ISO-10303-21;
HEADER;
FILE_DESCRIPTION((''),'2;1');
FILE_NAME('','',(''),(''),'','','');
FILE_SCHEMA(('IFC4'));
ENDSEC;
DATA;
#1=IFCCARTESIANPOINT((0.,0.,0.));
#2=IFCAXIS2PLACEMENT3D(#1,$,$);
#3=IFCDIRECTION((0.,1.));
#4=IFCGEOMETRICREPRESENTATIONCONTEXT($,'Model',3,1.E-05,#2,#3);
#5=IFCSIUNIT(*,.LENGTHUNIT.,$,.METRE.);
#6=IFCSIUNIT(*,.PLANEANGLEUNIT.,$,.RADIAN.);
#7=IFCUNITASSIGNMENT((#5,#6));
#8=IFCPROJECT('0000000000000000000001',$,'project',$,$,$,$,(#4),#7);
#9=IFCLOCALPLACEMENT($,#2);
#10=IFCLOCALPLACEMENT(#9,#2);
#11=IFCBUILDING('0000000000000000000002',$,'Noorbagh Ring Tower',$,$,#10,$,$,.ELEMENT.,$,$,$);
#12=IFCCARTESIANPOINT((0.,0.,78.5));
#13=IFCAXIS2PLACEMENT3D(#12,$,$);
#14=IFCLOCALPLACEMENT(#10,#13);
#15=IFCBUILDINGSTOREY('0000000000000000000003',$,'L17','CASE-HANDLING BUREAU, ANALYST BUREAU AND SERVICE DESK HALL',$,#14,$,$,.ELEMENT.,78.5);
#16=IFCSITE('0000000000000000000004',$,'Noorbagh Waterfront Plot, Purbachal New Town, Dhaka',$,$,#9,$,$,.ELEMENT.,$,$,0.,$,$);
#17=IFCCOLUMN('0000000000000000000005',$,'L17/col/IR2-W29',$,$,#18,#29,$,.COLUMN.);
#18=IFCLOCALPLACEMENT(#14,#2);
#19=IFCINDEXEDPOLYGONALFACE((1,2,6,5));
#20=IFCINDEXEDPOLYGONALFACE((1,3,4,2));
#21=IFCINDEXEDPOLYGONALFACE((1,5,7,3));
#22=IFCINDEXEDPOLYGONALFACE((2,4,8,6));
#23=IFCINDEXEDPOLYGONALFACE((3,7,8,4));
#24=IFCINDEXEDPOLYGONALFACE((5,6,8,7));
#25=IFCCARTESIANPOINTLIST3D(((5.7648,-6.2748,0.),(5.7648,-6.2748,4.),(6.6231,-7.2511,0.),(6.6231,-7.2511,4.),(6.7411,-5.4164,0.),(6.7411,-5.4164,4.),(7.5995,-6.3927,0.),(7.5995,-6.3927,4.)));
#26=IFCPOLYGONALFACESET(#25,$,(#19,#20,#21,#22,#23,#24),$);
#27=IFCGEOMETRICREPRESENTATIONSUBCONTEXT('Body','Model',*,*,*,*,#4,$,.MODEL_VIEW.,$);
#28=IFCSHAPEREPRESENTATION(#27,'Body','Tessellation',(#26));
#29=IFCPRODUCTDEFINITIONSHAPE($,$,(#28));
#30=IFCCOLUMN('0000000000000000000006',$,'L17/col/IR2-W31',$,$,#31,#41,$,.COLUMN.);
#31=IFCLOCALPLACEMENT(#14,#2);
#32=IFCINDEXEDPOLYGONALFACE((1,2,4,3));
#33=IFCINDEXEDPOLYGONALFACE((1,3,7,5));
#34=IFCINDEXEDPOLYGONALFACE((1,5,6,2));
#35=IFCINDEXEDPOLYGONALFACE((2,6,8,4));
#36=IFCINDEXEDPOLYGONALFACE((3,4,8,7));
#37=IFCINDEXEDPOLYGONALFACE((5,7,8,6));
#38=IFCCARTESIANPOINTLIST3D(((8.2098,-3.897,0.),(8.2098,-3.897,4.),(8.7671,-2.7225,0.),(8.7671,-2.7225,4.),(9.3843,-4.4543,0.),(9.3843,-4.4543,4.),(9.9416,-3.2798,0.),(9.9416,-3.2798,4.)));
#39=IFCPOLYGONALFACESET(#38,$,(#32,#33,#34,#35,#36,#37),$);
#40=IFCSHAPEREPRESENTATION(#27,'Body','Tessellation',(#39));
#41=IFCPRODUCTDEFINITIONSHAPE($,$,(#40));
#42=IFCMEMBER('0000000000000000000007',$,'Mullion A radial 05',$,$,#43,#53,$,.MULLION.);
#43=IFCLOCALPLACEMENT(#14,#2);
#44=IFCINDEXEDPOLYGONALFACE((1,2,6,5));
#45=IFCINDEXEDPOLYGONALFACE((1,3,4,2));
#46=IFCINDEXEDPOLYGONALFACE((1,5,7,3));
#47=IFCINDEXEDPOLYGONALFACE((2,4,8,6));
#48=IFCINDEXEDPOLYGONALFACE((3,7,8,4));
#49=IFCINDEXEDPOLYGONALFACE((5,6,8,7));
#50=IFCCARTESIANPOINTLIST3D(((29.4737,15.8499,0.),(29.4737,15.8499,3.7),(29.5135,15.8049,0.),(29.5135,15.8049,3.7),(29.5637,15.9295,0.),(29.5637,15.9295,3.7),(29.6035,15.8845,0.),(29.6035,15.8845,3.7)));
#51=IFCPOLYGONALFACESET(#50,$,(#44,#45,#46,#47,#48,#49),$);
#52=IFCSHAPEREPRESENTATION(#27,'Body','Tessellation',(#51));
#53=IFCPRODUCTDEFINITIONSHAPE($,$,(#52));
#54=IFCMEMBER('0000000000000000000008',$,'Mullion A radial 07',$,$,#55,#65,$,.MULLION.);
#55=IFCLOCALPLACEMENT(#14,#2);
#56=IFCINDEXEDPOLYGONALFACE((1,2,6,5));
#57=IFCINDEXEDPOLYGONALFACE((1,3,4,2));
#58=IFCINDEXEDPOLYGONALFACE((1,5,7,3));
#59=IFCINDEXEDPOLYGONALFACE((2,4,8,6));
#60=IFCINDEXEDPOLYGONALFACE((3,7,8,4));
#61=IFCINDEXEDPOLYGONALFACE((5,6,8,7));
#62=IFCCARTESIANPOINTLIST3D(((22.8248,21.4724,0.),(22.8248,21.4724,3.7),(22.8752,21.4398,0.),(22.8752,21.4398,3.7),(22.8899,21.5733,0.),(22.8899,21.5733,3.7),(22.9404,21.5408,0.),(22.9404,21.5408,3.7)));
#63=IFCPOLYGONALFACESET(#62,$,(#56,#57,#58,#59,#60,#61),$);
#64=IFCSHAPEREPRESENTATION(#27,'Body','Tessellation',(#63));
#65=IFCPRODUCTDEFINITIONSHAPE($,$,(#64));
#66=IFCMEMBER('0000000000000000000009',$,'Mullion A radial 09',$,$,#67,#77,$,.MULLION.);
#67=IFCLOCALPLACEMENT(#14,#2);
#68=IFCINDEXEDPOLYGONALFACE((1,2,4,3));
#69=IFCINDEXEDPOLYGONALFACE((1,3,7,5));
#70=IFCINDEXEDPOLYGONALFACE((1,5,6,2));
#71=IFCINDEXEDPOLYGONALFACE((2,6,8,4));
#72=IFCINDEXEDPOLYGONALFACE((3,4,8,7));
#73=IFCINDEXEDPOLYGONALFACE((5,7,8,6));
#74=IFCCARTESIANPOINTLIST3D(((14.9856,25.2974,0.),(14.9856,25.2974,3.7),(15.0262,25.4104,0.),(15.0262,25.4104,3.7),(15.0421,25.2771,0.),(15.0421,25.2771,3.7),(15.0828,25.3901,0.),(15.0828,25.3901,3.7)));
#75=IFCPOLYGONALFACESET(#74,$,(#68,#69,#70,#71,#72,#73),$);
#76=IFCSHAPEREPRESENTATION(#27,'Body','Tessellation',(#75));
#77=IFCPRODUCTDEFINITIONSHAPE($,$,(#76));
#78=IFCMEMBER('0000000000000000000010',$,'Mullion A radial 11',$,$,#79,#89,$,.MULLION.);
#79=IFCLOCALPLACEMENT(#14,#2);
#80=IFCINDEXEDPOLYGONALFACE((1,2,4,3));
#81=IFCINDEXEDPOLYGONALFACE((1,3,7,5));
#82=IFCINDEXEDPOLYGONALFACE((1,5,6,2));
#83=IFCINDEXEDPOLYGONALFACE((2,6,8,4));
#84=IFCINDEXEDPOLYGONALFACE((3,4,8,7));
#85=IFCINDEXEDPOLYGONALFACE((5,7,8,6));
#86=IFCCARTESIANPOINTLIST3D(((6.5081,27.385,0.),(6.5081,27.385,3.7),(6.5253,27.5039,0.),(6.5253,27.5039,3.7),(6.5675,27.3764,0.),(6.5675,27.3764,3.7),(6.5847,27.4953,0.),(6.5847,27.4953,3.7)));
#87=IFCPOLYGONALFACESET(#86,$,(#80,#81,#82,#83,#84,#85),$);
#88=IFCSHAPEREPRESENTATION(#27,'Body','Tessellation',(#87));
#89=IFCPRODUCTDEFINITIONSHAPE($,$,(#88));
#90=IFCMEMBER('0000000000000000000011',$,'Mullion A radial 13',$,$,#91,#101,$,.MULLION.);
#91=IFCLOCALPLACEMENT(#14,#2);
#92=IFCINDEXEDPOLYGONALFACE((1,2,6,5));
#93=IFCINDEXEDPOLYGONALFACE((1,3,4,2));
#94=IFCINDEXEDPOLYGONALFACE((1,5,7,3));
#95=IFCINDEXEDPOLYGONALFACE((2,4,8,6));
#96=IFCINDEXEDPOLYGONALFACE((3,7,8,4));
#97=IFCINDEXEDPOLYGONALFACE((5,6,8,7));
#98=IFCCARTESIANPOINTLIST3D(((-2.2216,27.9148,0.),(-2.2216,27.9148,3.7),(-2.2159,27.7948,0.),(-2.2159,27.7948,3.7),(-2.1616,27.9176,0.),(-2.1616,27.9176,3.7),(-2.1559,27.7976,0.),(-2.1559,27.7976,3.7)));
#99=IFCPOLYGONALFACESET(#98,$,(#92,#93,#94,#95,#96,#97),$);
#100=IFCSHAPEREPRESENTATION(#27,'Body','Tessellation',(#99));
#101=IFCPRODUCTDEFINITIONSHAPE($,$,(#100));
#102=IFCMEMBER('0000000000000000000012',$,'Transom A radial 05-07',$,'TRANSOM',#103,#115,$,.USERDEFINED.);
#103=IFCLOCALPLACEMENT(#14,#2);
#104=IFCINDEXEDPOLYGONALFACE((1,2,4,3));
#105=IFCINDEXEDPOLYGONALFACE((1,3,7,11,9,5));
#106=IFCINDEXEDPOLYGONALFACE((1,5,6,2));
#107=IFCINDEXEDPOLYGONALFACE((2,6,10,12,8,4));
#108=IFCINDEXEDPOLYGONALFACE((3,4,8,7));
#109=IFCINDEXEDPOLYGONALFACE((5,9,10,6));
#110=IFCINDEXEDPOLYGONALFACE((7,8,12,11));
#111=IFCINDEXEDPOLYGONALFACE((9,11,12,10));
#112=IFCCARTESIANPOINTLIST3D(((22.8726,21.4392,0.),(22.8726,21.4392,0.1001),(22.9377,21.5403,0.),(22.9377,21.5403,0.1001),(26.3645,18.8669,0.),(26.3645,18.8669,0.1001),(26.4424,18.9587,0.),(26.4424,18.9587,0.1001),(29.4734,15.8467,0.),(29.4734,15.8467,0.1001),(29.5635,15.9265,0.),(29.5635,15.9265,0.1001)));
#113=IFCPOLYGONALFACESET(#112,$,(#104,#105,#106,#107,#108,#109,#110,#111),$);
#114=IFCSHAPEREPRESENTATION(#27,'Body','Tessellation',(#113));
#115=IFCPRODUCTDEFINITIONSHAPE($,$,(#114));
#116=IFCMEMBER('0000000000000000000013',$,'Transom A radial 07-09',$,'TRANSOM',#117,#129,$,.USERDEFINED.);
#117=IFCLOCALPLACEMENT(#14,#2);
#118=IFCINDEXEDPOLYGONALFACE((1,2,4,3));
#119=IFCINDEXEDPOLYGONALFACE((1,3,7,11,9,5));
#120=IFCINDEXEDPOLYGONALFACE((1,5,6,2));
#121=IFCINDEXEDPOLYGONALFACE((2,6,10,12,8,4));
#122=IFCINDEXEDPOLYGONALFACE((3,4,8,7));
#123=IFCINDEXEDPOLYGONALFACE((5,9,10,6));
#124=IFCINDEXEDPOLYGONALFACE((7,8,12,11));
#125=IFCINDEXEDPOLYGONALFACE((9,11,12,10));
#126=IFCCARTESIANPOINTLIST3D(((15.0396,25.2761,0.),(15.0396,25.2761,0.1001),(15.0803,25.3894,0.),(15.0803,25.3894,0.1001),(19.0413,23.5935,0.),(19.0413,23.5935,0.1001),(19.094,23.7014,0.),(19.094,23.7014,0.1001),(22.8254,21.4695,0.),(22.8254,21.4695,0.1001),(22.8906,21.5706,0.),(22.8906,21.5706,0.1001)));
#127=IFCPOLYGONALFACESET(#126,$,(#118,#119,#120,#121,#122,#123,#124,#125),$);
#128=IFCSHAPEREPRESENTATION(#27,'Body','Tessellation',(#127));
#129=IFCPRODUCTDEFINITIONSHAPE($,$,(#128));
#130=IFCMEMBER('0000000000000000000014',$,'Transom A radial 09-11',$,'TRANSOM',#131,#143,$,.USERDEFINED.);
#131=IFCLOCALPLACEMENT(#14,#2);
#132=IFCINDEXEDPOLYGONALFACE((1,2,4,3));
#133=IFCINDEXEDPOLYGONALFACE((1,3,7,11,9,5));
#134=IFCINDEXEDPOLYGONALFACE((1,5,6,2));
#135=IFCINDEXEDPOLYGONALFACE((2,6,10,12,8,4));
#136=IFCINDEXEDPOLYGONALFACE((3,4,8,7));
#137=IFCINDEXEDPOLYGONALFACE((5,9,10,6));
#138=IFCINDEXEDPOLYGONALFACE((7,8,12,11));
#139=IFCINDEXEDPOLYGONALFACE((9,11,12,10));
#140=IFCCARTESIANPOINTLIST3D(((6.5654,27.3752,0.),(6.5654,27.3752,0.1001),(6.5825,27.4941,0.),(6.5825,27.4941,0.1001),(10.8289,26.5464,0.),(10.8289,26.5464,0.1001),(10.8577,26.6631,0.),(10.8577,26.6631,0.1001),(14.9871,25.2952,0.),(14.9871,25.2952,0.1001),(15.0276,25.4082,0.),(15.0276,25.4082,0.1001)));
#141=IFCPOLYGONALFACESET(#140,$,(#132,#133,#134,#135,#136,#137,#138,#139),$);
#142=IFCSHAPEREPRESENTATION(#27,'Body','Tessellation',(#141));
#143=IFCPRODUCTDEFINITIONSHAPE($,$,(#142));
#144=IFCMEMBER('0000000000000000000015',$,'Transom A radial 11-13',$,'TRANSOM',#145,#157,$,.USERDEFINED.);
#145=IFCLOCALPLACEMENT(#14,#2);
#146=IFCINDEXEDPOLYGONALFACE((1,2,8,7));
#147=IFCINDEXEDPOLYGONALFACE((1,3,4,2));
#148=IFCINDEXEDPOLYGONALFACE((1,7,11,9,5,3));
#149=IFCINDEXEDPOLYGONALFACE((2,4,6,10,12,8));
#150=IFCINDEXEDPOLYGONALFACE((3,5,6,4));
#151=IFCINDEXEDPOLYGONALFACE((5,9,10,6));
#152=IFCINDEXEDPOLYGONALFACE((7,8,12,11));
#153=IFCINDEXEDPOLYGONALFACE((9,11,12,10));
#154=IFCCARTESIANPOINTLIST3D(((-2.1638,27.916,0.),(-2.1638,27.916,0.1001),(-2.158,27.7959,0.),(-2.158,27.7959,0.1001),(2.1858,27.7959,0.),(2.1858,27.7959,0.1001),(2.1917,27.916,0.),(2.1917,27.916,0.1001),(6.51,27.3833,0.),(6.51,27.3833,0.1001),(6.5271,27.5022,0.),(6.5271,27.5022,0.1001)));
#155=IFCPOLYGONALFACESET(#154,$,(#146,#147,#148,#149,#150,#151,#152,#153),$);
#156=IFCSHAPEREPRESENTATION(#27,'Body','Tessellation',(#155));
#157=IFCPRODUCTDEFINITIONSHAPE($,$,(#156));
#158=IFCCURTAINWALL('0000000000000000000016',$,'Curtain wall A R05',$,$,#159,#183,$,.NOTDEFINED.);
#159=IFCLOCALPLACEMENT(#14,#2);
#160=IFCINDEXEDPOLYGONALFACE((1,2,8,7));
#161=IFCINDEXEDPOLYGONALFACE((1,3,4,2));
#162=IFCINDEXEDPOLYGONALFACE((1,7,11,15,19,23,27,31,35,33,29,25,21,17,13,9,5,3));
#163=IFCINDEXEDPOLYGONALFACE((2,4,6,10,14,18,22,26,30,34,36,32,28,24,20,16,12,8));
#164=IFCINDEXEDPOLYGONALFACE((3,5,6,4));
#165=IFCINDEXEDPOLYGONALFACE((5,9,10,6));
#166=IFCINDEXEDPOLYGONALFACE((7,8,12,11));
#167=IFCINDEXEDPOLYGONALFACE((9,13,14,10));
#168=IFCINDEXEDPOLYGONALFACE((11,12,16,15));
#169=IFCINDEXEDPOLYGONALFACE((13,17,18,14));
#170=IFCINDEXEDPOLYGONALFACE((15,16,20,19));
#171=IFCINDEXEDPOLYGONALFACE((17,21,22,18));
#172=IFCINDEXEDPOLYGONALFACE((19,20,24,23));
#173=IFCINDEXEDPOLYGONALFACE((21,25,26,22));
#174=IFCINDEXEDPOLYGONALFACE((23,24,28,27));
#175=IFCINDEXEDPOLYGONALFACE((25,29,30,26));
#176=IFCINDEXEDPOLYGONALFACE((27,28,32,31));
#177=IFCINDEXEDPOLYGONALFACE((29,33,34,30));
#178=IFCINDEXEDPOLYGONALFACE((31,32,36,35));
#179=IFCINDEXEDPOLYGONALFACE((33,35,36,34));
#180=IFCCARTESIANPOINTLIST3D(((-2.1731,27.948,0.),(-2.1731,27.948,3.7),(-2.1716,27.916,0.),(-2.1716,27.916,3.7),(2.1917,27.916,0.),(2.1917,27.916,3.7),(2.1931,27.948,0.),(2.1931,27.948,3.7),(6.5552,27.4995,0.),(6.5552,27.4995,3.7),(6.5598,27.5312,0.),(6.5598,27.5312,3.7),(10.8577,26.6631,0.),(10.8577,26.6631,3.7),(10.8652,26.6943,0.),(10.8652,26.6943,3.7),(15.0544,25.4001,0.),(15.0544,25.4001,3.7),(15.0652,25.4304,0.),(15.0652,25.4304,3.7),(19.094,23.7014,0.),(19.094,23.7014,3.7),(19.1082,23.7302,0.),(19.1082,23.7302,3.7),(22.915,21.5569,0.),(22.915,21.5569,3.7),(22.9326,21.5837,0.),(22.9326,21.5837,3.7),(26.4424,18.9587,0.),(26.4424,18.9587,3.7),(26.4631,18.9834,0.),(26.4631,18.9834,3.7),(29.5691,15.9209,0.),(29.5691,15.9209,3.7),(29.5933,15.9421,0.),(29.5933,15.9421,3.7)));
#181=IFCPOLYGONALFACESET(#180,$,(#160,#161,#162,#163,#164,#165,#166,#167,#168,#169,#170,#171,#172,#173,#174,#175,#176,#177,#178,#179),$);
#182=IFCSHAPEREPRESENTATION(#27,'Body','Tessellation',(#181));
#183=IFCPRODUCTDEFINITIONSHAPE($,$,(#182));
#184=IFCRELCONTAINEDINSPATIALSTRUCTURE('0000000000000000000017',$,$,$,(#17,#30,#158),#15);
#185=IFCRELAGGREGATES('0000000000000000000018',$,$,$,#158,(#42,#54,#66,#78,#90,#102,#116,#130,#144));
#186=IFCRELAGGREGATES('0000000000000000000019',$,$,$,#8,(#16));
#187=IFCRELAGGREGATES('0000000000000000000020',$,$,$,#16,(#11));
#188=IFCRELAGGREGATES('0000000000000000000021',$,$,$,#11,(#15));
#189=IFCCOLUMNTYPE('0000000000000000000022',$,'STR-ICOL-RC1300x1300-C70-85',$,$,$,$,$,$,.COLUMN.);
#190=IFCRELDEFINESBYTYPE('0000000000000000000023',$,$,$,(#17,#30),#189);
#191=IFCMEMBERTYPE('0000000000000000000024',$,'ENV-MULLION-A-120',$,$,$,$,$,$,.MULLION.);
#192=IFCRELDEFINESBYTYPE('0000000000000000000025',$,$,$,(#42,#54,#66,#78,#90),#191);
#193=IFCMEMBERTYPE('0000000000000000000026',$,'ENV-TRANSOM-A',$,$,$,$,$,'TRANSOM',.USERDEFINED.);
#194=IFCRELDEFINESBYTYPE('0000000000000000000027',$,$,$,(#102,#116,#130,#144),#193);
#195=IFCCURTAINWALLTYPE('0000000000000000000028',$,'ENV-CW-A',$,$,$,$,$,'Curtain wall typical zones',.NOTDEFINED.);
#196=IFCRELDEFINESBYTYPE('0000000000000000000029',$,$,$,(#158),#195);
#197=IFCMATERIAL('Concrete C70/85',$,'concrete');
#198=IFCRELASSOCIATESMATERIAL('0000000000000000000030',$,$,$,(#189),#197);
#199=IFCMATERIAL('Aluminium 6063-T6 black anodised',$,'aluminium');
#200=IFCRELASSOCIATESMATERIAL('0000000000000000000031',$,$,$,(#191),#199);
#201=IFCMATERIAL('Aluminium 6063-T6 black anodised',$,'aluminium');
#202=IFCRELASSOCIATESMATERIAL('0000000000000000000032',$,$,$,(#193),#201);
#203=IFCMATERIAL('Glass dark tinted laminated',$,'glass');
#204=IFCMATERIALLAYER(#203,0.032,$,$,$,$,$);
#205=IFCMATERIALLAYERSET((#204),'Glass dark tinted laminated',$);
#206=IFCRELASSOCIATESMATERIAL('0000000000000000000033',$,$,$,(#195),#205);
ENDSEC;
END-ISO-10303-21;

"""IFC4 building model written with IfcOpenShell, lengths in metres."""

from ifc_helpers import new_model, si_unit, direction, frame, origin, origin_2d, place, context, subcontext, project, spatial, polyline, rectangle, outline, extrude, material, layer, layer_set, material_profile, profile_set, type_object, element, aggregate, save


model = new_model("IFC4")

# Units and contexts
model_context = context("Model", 3, precision=1e-05, world=origin(), true_north=direction((0.0, 1.0)))
body_context = subcontext(model_context, "Body", "Model", "MODEL_VIEW")
ifc_project = project(units=[si_unit("LENGTHUNIT", "METRE"), si_unit("PLANEANGLEUNIT", "RADIAN")], contexts=[model_context])

# Site, building, storey
site_placement = place(None, origin())
site = spatial("IfcSite", under=ifc_project, at=site_placement, Name="Noorbagh Waterfront Plot, Purbachal New Town, Dhaka", CompositionType="ELEMENT", RefElevation=0.0)
building_placement = place(site_placement, origin())
building = spatial("IfcBuilding", under=site, at=building_placement, Name="Noorbagh Ring Tower", CompositionType="ELEMENT")
storey_placement = place(building_placement, frame((0.0, 0.0, 78.5)))
storey = spatial("IfcBuildingStorey", under=building, at=storey_placement, Name="L17", Description="CASE-HANDLING BUREAU, ANALYST BUREAU AND SERVICE DESK HALL", CompositionType="ELEMENT", Elevation=78.5)

# Columns
ifc_material_1 = material(Name="Concrete C70/85", Category="concrete")
ifc_material_profile_1 = material_profile(ifc_material_1, rectangle(XDim=1.3, YDim=1.3, at=origin_2d()), Name="RC1300x1300")
ifc_profile_set_1 = profile_set([ifc_material_profile_1], Name="Concrete C70/85")
column_type = type_object("IfcColumnType", Name="STR-ICOL-RC1300x1300-C70-85", PredefinedType="COLUMN", material=ifc_profile_set_1)
for number, where, z_axis, x_axis, name in (
    (1, (6.6821, -6.3337, 0.0), (0.0, 0.0, 1.0), (0.751022, 0.660277, 0.0), "L17/col/IR2-W29"),
    (2, (9.0757, -3.5884, 0.0), (0.0, 0.0, 1.0), (0.428667, 0.903463, 0.0), "L17/col/IR2-W31"),
):
    element("IfcColumn", number, at=place(storey_placement, frame(where, z_axis=z_axis, x_axis=x_axis)), inside=storey, type_object=column_type, Name=name, PredefinedType="COLUMN", context=body_context, shape_type="SweptSolid", body=[
        extrude(rectangle(XDim=1.3, YDim=1.3, at=origin_2d()), origin(), (0.0, 0.0, 1.0), 4.0),
    ])

# Members
ifc_material_2 = material(Name="Aluminium 6063-T6 black anodised", Category="aluminium")
ifc_material_profile_2 = material_profile(ifc_material_2, rectangle(XDim=0.1201, YDim=0.0601, at=origin_2d()), Name="120x60")
ifc_profile_set_2 = profile_set([ifc_material_profile_2], Name="Aluminium 6063-T6 black anodised")
member_type_1 = type_object("IfcMemberType", Name="ENV-MULLION-A-120", PredefinedType="MULLION", material=ifc_profile_set_2)
member_1_placement = place(storey_placement, frame((29.5386, 15.8672, 0.0), z_axis=(0.0, 0.0, 1.0), x_axis=(-0.749047, -0.662517, 0.0)))
member_1 = element("IfcMember", 3, at=member_1_placement, type_object=member_type_1, Name="Mullion A radial 05", PredefinedType="MULLION", context=body_context, shape_type="SweptSolid", body=[
    extrude(rectangle(XDim=0.1201, YDim=0.0601, at=origin_2d()), origin(), (0.0, 0.0, 1.0), 3.7),
])
member_2_placement = place(storey_placement, frame((22.8826, 21.5066, 0.0), z_axis=(0.0, 0.0, 1.0), x_axis=(-0.542279, -0.840198, 0.0)))
member_2 = element("IfcMember", 4, at=member_2_placement, type_object=member_type_1, Name="Mullion A radial 07", PredefinedType="MULLION", context=body_context, shape_type="SweptSolid", body=[
    extrude(rectangle(XDim=0.1201, YDim=0.0601, at=origin_2d()), origin(), (0.0, 0.0, 1.0), 3.7),
])
member_3_placement = place(storey_placement, frame((15.0342, 25.3438, 0.0), z_axis=(0.0, 0.0, 1.0), x_axis=(-0.338379, -0.94101, 0.0)))
member_3 = element("IfcMember", 5, at=member_3_placement, type_object=member_type_1, Name="Mullion A radial 09", PredefinedType="MULLION", context=body_context, shape_type="SweptSolid", body=[
    extrude(rectangle(XDim=0.1201, YDim=0.0601, at=origin_2d()), origin(), (0.0, 0.0, 1.0), 3.7),
])
member_4_placement = place(storey_placement, frame((6.5464, 27.4402, 0.0), z_axis=(0.0, 0.0, 1.0), x_axis=(-0.143082, -0.989711, 0.0)))
member_4 = element("IfcMember", 6, at=member_4_placement, type_object=member_type_1, Name="Mullion A radial 11", PredefinedType="MULLION", context=body_context, shape_type="SweptSolid", body=[
    extrude(rectangle(XDim=0.1201, YDim=0.0601, at=origin_2d()), origin(), (0.0, 0.0, 1.0), 3.7),
])
member_5_placement = place(storey_placement, frame((-2.1887, 27.8562, 0.0), z_axis=(0.0, 0.0, 1.0), x_axis=(0.047558, -0.998868, 0.0)))
member_5 = element("IfcMember", 7, at=member_5_placement, type_object=member_type_1, Name="Mullion A radial 13", PredefinedType="MULLION", context=body_context, shape_type="SweptSolid", body=[
    extrude(rectangle(XDim=0.1201, YDim=0.0601, at=origin_2d()), origin(), (0.0, 0.0, 1.0), 3.7),
])
ifc_material_3 = material(Name="Aluminium 6063-T6 black anodised", Category="aluminium")
member_type_2 = type_object("IfcMemberType", Name="ENV-TRANSOM-A", ElementType="TRANSOM", PredefinedType="USERDEFINED", material=ifc_material_3)
member_6_placement = place(storey_placement, origin())
member_6 = element("IfcMember", 8, at=member_6_placement, type_object=member_type_2, Name="Transom A radial 05-07", ObjectType="TRANSOM", PredefinedType="USERDEFINED", context=body_context, shape_type="SweptSolid", body=[
    extrude(outline(polyline([(29.5635, 15.9265), (26.4424, 18.9587), (22.9377, 21.5403), (22.8726, 21.4392), (26.3645, 18.8669), (29.4734, 15.8467), (29.5635, 15.9265)])), origin(), (0.0, 0.0, 1.0), 0.1001),
])
member_7_placement = place(storey_placement, origin())
member_7 = element("IfcMember", 9, at=member_7_placement, type_object=member_type_2, Name="Transom A radial 07-09", ObjectType="TRANSOM", PredefinedType="USERDEFINED", context=body_context, shape_type="SweptSolid", body=[
    extrude(outline(polyline([(22.8906, 21.5706), (19.094, 23.7014), (15.0803, 25.3894), (15.0396, 25.2761), (19.0413, 23.5935), (22.8254, 21.4695), (22.8906, 21.5706)])), origin(), (0.0, 0.0, 1.0), 0.1001),
])
member_8_placement = place(storey_placement, origin())
member_8 = element("IfcMember", 10, at=member_8_placement, type_object=member_type_2, Name="Transom A radial 09-11", ObjectType="TRANSOM", PredefinedType="USERDEFINED", context=body_context, shape_type="SweptSolid", body=[
    extrude(outline(polyline([(15.0276, 25.4082), (10.8577, 26.6631), (6.5825, 27.4941), (6.5654, 27.3752), (10.8289, 26.5464), (14.9871, 25.2952), (15.0276, 25.4082)])), origin(), (0.0, 0.0, 1.0), 0.1001),
])
member_9_placement = place(storey_placement, origin())
member_9 = element("IfcMember", 11, at=member_9_placement, type_object=member_type_2, Name="Transom A radial 11-13", ObjectType="TRANSOM", PredefinedType="USERDEFINED", context=body_context, shape_type="SweptSolid", body=[
    extrude(outline(polyline([(6.5271, 27.5022), (2.1917, 27.916), (-2.1638, 27.916), (-2.158, 27.7959), (2.1858, 27.7959), (6.51, 27.3833), (6.5271, 27.5022)])), origin(), (0.0, 0.0, 1.0), 0.1001),
])

# Curtain wall
ifc_material_4 = material(Name="Glass dark tinted laminated", Category="glass")
ifc_layer_1 = layer(ifc_material_4, 0.032)
ifc_layer_set_1 = layer_set([ifc_layer_1], Name="Glass dark tinted laminated")
curtain_wall_type = type_object("IfcCurtainWallType", Name="ENV-CW-A", ElementType="Curtain wall typical zones", PredefinedType="NOTDEFINED", material=ifc_layer_set_1)
curtain_wall_1_placement = place(storey_placement, origin())
curtain_wall_1 = element("IfcCurtainWall", 12, at=curtain_wall_1_placement, inside=storey, type_object=curtain_wall_type, Name="Curtain wall A R05", PredefinedType="NOTDEFINED", context=body_context, shape_type="SweptSolid", body=[
    extrude(outline(polyline([(29.5933, 15.9421), (26.4631, 18.9834), (22.9326, 21.5837), (19.1082, 23.7302), (15.0652, 25.4304), (10.8652, 26.6943), (6.5598, 27.5312), (2.1931, 27.948), (-2.1731, 27.948), (-2.1716, 27.916), (2.1917, 27.916), (6.5552, 27.4995), (10.8577, 26.6631), (15.0544, 25.4001), (19.094, 23.7014), (22.915, 21.5569), (26.4424, 18.9587), (29.5691, 15.9209), (29.5933, 15.9421)])), origin(), (0.0, 0.0, 1.0), 3.7),
])
aggregate(curtain_wall_1, [member_1, member_2, member_3, member_4, member_5, member_6, member_7, member_8, member_9])

save(model, "model.ifc")
